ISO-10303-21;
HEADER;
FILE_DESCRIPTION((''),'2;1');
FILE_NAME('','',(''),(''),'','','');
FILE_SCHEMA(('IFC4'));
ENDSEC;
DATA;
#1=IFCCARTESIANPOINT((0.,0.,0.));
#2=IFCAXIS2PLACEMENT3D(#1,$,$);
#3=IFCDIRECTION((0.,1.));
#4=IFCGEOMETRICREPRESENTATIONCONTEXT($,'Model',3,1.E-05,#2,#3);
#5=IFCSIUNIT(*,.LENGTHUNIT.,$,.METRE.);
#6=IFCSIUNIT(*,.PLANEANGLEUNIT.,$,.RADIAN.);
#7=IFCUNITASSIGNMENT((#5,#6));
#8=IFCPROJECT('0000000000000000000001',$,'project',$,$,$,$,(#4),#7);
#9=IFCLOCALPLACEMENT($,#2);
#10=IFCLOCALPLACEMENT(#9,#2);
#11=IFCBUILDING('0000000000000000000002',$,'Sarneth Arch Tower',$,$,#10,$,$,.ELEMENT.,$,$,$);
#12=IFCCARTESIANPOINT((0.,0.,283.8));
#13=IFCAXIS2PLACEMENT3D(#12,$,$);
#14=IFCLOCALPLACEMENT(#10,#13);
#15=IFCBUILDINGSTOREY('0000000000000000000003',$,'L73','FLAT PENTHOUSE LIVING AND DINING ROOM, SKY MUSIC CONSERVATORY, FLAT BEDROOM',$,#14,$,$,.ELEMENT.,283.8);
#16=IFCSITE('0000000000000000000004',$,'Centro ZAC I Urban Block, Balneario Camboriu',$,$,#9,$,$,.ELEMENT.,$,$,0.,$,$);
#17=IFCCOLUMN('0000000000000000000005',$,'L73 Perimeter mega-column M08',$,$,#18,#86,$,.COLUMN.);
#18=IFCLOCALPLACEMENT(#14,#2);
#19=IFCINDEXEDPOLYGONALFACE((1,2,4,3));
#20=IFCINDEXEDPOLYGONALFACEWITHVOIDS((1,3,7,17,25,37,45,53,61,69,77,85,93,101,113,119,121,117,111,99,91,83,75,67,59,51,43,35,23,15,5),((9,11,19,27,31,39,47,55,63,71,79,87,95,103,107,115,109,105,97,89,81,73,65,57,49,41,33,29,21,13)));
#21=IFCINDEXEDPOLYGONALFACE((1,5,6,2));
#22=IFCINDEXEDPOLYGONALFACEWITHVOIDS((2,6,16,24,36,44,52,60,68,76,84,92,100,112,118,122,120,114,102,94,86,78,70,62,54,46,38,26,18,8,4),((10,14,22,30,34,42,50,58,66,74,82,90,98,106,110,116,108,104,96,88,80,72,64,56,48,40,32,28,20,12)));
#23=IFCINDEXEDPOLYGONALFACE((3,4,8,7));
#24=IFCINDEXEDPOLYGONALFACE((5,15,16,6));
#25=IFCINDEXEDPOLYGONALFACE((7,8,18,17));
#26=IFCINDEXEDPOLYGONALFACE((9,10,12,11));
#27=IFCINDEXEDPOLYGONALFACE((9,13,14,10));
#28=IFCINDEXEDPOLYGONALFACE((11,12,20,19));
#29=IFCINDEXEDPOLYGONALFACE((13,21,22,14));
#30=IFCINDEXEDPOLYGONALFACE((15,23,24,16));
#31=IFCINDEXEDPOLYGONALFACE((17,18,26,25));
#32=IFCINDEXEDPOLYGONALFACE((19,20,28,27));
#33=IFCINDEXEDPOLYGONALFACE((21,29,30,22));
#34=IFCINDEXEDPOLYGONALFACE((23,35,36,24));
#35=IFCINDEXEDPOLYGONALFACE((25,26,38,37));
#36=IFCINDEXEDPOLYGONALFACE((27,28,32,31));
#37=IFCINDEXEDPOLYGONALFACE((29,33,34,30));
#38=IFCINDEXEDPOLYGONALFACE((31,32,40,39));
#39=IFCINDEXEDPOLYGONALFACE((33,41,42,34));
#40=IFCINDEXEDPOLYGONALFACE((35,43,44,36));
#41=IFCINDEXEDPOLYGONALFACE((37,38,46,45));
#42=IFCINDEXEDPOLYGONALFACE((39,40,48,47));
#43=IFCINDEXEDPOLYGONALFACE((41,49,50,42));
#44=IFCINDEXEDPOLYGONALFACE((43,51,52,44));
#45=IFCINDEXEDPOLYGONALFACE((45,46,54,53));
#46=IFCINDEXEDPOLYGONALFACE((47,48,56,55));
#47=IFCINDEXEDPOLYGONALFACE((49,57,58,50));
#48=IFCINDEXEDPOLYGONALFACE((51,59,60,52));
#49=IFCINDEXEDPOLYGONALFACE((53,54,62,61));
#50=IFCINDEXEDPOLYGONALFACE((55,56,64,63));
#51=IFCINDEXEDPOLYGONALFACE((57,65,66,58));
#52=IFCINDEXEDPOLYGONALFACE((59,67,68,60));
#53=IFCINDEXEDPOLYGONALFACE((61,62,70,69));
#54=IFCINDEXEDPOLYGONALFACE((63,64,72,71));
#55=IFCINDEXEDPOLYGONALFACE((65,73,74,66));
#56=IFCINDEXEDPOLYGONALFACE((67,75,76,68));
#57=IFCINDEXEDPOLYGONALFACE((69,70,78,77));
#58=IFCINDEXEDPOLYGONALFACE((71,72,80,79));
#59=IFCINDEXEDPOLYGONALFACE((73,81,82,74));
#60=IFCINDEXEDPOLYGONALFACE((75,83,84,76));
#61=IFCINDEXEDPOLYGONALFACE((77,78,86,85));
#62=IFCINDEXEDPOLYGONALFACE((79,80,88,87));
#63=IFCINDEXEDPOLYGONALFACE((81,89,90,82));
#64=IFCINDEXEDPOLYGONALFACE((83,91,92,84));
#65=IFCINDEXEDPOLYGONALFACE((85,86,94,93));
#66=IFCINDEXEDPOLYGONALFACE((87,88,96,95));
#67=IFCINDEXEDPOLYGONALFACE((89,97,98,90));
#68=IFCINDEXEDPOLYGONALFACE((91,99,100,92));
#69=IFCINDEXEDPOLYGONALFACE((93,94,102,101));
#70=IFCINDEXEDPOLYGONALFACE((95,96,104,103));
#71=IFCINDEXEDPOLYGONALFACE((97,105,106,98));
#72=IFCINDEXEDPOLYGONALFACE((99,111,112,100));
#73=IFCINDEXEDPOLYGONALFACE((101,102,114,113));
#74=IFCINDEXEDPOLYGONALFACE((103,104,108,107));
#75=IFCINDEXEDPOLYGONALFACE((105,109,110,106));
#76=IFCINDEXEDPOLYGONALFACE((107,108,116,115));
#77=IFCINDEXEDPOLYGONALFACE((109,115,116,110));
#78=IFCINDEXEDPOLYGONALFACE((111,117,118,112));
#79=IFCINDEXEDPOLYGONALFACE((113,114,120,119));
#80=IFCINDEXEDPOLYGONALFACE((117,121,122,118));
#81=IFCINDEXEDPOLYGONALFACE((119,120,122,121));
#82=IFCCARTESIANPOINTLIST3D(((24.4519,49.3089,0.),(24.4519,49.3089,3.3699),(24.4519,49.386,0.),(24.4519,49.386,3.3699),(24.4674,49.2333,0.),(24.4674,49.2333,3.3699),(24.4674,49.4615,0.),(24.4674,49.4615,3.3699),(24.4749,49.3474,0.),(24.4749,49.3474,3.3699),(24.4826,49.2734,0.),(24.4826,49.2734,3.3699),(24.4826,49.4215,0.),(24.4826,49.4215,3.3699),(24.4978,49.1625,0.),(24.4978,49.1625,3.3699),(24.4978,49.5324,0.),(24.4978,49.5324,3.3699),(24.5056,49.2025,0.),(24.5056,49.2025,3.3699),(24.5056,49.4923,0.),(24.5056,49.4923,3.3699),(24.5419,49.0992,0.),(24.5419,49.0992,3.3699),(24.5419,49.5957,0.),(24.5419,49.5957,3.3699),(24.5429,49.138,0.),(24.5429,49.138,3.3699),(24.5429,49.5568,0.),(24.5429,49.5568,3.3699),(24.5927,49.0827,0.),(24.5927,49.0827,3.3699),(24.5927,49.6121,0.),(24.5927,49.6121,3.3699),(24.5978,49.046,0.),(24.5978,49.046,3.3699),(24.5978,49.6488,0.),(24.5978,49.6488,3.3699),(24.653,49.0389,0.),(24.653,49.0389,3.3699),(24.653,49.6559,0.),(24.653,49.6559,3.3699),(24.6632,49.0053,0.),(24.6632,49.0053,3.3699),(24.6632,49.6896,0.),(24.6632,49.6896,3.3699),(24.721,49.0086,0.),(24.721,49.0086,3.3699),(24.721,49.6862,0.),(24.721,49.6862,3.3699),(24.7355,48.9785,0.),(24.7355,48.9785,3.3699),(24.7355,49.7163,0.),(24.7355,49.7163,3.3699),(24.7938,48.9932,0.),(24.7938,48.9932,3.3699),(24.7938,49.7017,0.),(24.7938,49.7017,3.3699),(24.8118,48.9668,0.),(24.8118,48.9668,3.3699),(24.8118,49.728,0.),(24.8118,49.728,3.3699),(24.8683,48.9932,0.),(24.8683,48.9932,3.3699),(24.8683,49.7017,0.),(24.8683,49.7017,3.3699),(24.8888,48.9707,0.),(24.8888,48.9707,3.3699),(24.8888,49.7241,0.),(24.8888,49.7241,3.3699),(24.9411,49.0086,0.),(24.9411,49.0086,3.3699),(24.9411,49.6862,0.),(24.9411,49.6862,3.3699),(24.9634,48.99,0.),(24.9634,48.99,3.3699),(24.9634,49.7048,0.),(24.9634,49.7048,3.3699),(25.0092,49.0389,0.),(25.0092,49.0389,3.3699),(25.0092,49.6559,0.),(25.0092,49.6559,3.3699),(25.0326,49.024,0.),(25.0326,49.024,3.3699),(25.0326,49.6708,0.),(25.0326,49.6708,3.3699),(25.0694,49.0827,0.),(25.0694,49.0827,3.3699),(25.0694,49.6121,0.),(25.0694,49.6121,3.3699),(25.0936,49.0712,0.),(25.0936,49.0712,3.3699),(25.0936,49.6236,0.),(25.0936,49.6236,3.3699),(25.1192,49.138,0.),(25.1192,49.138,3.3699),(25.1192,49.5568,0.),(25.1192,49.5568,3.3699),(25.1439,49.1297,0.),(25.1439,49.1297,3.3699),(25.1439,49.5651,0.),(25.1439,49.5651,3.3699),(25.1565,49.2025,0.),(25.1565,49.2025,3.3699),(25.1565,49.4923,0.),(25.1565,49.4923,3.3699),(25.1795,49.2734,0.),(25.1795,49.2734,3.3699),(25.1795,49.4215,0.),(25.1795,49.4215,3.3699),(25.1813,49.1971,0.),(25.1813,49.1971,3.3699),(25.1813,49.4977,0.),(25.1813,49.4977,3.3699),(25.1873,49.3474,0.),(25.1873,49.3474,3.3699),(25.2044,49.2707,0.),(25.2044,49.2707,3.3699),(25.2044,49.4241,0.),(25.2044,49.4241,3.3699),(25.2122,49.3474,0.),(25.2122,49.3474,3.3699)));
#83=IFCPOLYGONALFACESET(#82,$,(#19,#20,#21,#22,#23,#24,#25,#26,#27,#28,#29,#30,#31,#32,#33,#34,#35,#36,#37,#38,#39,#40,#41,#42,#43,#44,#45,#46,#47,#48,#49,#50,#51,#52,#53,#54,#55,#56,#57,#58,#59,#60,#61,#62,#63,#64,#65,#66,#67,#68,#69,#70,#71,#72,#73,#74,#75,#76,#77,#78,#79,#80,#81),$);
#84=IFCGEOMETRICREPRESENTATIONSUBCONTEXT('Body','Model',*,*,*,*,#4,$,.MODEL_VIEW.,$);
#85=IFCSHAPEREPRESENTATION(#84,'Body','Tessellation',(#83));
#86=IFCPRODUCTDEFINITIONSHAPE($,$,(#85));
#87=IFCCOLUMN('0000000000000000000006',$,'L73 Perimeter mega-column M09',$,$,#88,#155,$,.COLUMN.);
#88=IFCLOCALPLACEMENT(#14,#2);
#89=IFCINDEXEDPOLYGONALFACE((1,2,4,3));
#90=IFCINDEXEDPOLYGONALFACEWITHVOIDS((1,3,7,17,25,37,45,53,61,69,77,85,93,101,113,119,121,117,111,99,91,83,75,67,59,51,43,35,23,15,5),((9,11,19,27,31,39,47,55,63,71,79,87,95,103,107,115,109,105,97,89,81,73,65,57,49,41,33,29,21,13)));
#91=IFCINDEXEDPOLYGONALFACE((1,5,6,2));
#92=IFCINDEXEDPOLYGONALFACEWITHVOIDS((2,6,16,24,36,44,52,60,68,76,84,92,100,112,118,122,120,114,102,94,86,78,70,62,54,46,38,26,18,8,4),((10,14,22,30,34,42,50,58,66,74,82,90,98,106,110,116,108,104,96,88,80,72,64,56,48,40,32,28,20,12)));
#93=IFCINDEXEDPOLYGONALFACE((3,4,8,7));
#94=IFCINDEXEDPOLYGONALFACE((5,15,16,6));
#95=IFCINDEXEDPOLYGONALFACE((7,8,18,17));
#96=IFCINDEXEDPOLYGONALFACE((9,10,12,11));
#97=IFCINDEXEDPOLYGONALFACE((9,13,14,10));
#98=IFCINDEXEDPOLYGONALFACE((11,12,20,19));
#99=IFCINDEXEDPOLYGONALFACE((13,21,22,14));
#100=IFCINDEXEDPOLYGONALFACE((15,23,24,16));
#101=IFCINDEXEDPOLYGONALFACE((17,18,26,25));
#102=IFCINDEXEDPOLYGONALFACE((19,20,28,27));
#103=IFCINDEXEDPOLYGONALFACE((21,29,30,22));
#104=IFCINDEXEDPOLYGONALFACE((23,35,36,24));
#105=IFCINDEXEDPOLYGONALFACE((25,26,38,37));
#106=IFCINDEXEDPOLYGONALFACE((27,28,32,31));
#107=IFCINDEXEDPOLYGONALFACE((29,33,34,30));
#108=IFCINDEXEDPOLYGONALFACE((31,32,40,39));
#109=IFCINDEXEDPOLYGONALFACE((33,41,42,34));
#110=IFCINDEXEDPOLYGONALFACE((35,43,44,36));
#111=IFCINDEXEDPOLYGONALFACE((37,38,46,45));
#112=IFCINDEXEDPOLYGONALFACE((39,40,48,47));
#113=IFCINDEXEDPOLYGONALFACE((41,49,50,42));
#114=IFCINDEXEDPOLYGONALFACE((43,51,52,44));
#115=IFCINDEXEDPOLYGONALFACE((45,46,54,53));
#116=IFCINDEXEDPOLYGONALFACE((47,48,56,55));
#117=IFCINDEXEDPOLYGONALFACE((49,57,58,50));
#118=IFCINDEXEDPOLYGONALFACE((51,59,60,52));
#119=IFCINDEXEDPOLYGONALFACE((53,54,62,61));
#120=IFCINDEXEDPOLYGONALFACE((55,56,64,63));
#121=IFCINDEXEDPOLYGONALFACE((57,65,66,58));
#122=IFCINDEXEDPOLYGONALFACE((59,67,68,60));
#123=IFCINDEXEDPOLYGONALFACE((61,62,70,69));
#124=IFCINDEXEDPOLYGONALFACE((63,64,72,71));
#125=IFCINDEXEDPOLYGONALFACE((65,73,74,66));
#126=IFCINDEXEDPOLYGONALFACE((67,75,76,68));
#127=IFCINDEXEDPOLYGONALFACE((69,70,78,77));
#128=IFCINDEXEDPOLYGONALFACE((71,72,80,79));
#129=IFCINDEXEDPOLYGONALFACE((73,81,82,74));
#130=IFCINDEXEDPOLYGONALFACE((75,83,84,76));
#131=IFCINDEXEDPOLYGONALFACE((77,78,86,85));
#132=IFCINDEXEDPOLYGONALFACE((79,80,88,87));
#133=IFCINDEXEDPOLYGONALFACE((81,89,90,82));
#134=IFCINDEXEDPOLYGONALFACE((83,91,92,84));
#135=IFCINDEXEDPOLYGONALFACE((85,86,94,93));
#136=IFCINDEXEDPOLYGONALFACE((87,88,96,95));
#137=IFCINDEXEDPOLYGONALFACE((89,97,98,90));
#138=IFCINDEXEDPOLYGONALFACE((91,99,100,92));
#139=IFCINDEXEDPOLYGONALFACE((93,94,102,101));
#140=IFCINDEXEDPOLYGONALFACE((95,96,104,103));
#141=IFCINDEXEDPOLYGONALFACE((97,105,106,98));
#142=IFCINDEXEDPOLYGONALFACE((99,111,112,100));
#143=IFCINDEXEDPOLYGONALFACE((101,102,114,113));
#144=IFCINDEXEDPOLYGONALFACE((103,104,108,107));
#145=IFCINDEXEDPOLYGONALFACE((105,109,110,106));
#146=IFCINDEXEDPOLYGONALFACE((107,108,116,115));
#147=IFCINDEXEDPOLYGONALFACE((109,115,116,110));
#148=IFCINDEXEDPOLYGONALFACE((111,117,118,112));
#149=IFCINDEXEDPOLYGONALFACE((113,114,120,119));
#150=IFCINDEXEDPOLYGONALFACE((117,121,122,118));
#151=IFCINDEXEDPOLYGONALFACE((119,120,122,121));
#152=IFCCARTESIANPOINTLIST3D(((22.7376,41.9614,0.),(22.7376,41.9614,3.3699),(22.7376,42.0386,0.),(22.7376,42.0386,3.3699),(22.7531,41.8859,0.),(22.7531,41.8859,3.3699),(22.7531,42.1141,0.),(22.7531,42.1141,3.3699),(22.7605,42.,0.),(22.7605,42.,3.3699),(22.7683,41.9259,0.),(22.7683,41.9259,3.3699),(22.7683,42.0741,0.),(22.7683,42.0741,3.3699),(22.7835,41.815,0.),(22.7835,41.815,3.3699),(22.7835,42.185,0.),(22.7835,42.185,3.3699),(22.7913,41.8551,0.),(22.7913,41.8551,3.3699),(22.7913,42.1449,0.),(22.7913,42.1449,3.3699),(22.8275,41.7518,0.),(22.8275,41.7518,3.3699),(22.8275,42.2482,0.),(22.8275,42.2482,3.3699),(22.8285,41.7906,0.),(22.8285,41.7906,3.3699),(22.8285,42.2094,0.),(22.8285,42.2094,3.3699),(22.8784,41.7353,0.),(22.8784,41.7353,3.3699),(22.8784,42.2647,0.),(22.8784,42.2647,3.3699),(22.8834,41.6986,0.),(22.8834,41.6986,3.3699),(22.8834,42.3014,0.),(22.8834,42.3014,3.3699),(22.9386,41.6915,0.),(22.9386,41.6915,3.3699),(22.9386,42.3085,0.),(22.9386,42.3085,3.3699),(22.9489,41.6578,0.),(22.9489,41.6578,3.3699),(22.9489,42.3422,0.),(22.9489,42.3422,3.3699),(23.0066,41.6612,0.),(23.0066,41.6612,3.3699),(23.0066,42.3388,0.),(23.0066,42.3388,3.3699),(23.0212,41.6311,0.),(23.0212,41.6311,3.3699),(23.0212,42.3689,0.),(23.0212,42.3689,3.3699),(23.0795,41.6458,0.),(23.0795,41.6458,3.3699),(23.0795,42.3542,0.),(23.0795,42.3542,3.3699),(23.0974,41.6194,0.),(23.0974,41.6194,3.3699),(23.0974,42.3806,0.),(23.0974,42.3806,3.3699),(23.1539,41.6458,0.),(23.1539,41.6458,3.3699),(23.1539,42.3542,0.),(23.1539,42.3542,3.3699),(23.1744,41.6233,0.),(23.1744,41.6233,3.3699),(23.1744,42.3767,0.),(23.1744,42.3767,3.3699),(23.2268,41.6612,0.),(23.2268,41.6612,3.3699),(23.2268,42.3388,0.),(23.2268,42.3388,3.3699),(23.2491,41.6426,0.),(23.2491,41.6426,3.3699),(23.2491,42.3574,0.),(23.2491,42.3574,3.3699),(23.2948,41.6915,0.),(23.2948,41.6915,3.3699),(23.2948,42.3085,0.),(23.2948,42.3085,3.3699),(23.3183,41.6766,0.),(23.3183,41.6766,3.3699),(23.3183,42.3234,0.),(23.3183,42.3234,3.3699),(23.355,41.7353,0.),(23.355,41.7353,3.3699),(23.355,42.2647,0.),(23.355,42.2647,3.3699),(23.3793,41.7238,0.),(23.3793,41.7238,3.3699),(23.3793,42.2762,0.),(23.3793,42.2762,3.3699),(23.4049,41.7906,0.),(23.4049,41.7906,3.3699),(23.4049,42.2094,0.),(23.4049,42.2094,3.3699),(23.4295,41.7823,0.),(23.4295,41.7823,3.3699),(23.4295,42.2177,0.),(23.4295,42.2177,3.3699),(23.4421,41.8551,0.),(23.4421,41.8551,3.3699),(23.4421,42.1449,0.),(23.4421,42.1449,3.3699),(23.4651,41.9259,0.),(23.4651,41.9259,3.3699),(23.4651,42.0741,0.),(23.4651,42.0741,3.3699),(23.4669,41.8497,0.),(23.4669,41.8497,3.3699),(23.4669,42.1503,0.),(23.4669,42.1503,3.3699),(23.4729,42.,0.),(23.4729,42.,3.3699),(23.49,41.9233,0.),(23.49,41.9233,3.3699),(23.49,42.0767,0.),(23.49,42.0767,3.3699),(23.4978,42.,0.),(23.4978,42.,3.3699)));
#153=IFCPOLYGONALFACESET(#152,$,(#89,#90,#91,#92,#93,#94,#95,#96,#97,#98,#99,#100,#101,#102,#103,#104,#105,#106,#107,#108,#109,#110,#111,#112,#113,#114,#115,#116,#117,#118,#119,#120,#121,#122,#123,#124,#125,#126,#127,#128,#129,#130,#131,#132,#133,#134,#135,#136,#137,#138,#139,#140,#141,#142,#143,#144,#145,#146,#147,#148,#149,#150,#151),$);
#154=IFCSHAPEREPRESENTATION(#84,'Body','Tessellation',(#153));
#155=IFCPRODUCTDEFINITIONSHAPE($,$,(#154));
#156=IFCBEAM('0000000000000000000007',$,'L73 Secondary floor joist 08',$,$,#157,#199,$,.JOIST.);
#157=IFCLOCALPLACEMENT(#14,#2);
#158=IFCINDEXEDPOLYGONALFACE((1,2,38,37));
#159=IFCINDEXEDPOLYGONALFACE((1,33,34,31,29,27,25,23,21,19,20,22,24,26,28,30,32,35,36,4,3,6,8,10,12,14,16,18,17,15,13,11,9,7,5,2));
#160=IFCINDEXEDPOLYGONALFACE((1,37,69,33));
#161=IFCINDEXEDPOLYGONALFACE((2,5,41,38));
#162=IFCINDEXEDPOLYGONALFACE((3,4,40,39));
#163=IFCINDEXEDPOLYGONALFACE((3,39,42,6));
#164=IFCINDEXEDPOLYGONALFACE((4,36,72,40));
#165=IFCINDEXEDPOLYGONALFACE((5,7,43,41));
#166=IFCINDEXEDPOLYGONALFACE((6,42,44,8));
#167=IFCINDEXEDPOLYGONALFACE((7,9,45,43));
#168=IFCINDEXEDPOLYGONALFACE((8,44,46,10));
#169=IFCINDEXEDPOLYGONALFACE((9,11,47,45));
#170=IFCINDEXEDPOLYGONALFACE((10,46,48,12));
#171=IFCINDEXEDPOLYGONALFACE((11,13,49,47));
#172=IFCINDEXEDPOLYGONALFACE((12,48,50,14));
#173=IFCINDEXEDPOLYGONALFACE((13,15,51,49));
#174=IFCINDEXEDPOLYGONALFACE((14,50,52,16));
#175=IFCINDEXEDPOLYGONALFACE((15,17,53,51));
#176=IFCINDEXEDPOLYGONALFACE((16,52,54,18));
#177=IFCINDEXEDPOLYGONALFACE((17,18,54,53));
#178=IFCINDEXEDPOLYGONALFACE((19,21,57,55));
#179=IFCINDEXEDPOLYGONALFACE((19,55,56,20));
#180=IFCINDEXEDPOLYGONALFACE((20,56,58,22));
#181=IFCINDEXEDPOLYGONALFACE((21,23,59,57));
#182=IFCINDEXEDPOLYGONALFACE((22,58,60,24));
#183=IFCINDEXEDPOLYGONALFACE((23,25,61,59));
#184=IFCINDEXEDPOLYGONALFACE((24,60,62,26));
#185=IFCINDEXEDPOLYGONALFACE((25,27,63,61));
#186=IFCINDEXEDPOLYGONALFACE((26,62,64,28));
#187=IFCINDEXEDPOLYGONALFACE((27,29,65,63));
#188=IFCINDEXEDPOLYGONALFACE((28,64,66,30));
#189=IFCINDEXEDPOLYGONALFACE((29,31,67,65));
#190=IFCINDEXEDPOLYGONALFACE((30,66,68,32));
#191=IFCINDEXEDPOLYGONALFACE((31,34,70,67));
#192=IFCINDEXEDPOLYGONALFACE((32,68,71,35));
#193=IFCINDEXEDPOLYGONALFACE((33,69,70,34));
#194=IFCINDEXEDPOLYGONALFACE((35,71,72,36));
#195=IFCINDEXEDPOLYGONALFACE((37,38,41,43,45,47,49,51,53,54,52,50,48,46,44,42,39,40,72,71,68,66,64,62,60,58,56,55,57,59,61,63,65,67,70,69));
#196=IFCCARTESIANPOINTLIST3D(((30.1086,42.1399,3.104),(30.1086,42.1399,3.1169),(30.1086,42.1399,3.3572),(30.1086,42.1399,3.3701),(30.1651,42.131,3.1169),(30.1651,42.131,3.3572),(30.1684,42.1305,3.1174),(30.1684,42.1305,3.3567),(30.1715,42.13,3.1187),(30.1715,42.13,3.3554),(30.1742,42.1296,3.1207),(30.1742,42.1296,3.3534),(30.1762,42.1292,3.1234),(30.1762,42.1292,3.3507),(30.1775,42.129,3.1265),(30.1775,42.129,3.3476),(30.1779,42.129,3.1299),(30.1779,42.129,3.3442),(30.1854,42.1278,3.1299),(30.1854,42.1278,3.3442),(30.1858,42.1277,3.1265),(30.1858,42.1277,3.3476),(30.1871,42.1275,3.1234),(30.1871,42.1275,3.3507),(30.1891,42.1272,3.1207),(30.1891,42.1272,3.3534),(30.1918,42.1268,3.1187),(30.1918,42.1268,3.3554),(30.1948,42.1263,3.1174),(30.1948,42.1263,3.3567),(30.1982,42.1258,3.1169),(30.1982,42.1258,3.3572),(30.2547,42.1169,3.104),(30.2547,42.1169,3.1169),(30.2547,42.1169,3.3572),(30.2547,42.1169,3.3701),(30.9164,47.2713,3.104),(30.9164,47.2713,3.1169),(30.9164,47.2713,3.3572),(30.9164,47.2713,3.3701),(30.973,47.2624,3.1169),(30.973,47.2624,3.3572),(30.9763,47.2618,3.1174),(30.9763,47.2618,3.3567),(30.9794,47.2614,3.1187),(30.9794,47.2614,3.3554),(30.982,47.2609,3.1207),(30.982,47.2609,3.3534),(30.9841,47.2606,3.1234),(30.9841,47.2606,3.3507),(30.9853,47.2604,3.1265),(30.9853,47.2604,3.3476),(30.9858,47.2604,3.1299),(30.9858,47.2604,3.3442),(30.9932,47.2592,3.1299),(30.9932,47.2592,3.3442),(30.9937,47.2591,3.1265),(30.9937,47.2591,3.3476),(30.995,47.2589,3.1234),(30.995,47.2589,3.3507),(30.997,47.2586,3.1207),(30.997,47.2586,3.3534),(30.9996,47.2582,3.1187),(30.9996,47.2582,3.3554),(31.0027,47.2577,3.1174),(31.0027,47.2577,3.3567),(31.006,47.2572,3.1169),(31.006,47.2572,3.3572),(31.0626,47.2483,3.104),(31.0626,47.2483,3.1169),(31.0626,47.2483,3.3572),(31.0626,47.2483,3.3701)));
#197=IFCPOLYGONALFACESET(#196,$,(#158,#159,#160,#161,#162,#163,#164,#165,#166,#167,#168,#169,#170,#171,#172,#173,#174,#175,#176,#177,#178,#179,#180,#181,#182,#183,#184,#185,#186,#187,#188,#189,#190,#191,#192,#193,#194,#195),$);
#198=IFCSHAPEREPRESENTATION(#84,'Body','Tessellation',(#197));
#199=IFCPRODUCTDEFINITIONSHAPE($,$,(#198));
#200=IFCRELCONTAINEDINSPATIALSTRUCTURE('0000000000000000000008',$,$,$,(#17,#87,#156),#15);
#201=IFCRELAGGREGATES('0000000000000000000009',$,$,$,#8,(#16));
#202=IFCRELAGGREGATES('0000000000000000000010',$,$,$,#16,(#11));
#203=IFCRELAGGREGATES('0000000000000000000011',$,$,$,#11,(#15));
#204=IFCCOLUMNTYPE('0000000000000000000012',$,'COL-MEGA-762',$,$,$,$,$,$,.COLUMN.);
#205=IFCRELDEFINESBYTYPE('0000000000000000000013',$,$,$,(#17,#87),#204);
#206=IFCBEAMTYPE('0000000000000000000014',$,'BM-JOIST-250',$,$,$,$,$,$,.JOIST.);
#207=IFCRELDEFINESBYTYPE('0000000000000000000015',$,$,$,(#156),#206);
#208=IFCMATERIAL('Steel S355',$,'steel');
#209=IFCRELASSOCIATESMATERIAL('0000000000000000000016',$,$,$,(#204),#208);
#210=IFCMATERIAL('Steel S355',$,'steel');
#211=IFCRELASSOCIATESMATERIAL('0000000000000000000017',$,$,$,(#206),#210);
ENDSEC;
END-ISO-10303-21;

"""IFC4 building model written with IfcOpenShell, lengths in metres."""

from ifc_helpers import new_model, si_unit, direction, frame, origin, origin_2d, place, context, subcontext, project, spatial, hollow_circle, i_section, extrude, material, material_profile, profile_set, type_object, element, save


model = new_model("IFC4")

# Units and contexts
model_context = context("Model", 3, precision=1e-05, world=origin(), true_north=direction((0.0, 1.0)))
body_context = subcontext(model_context, "Body", "Model", "MODEL_VIEW")
ifc_project = project(units=[si_unit("LENGTHUNIT", "METRE"), si_unit("PLANEANGLEUNIT", "RADIAN")], contexts=[model_context])

# Site, building, storey
site_placement = place(None, origin())
site = spatial("IfcSite", under=ifc_project, at=site_placement, Name="Centro ZAC I Urban Block, Balneario Camboriu", CompositionType="ELEMENT", RefElevation=0.0)
building_placement = place(site_placement, origin())
building = spatial("IfcBuilding", under=site, at=building_placement, Name="Sarneth Arch Tower", CompositionType="ELEMENT")
storey_placement = place(building_placement, frame((0.0, 0.0, 283.8)))
storey = spatial("IfcBuildingStorey", under=building, at=storey_placement, Name="L73", Description="FLAT PENTHOUSE LIVING AND DINING ROOM, SKY MUSIC CONSERVATORY, FLAT BEDROOM", CompositionType="ELEMENT", Elevation=283.8)

# Columns
ifc_material_1 = material(Name="Steel S355", Category="steel")
ifc_material_profile_1 = material_profile(ifc_material_1, hollow_circle(Radius=0.3811, WallThickness=0.0249, at=origin_2d()), Name="CHS762x25")
ifc_profile_set_1 = profile_set([ifc_material_profile_1], Name="Steel S355")
column_type = type_object("IfcColumnType", Name="COL-MEGA-762", PredefinedType="COLUMN", material=ifc_profile_set_1)
for number, where, z_axis, x_axis, name in (
    (1, (24.8311, 49.3474, 0.0), (0.0, 0.0, 1.0), (1.0, 0.0, 0.0), "L73 Perimeter mega-column M08"),
    (2, (23.1167, 42.0, 0.0), (0.0, 0.0, 1.0), (1.0, 0.0, 0.0), "L73 Perimeter mega-column M09"),
):
    element("IfcColumn", number, at=place(storey_placement, frame(where, z_axis=z_axis, x_axis=x_axis)), inside=storey, type_object=column_type, Name=name, PredefinedType="COLUMN", context=body_context, shape_type="SweptSolid", body=[
        extrude(hollow_circle(Radius=0.3811, WallThickness=0.0249, at=origin_2d()), origin(), (0.0, 0.0, 1.0), 3.3699),
    ])

# Beam
ifc_material_2 = material(Name="Steel S355", Category="steel")
ifc_material_profile_2 = material_profile(ifc_material_2, i_section(OverallWidth=0.1479, OverallDepth=0.2661, WebThickness=0.0076, FlangeThickness=0.0129, FilletRadius=0.0129, at=origin_2d()), Name="W250x44.8")
ifc_profile_set_2 = profile_set([ifc_material_profile_2], Name="Steel S355")
beam_type_1 = type_object("IfcBeamType", Name="BM-JOIST-250", PredefinedType="JOIST", material=ifc_profile_set_2)
for number, where, z_axis, x_axis, name in (
    (3, (30.9895, 47.2598, 3.2371), (-0.155521, -0.987833, 0.0), (0.987833, -0.155521, 0.0), "L73 Secondary floor joist 08"),
):
    element("IfcBeam", number, at=place(storey_placement, frame(where, z_axis=z_axis, x_axis=x_axis)), inside=storey, type_object=beam_type_1, Name=name, PredefinedType="JOIST", context=body_context, shape_type="SweptSolid", body=[
        extrude(i_section(OverallWidth=0.1479, OverallDepth=0.2661, WebThickness=0.0076, FlangeThickness=0.0129, FilletRadius=0.0129, at=origin_2d()), origin(), (0.0, 0.0, 1.0), 5.1946),
    ])

save(model, "model.ifc")
